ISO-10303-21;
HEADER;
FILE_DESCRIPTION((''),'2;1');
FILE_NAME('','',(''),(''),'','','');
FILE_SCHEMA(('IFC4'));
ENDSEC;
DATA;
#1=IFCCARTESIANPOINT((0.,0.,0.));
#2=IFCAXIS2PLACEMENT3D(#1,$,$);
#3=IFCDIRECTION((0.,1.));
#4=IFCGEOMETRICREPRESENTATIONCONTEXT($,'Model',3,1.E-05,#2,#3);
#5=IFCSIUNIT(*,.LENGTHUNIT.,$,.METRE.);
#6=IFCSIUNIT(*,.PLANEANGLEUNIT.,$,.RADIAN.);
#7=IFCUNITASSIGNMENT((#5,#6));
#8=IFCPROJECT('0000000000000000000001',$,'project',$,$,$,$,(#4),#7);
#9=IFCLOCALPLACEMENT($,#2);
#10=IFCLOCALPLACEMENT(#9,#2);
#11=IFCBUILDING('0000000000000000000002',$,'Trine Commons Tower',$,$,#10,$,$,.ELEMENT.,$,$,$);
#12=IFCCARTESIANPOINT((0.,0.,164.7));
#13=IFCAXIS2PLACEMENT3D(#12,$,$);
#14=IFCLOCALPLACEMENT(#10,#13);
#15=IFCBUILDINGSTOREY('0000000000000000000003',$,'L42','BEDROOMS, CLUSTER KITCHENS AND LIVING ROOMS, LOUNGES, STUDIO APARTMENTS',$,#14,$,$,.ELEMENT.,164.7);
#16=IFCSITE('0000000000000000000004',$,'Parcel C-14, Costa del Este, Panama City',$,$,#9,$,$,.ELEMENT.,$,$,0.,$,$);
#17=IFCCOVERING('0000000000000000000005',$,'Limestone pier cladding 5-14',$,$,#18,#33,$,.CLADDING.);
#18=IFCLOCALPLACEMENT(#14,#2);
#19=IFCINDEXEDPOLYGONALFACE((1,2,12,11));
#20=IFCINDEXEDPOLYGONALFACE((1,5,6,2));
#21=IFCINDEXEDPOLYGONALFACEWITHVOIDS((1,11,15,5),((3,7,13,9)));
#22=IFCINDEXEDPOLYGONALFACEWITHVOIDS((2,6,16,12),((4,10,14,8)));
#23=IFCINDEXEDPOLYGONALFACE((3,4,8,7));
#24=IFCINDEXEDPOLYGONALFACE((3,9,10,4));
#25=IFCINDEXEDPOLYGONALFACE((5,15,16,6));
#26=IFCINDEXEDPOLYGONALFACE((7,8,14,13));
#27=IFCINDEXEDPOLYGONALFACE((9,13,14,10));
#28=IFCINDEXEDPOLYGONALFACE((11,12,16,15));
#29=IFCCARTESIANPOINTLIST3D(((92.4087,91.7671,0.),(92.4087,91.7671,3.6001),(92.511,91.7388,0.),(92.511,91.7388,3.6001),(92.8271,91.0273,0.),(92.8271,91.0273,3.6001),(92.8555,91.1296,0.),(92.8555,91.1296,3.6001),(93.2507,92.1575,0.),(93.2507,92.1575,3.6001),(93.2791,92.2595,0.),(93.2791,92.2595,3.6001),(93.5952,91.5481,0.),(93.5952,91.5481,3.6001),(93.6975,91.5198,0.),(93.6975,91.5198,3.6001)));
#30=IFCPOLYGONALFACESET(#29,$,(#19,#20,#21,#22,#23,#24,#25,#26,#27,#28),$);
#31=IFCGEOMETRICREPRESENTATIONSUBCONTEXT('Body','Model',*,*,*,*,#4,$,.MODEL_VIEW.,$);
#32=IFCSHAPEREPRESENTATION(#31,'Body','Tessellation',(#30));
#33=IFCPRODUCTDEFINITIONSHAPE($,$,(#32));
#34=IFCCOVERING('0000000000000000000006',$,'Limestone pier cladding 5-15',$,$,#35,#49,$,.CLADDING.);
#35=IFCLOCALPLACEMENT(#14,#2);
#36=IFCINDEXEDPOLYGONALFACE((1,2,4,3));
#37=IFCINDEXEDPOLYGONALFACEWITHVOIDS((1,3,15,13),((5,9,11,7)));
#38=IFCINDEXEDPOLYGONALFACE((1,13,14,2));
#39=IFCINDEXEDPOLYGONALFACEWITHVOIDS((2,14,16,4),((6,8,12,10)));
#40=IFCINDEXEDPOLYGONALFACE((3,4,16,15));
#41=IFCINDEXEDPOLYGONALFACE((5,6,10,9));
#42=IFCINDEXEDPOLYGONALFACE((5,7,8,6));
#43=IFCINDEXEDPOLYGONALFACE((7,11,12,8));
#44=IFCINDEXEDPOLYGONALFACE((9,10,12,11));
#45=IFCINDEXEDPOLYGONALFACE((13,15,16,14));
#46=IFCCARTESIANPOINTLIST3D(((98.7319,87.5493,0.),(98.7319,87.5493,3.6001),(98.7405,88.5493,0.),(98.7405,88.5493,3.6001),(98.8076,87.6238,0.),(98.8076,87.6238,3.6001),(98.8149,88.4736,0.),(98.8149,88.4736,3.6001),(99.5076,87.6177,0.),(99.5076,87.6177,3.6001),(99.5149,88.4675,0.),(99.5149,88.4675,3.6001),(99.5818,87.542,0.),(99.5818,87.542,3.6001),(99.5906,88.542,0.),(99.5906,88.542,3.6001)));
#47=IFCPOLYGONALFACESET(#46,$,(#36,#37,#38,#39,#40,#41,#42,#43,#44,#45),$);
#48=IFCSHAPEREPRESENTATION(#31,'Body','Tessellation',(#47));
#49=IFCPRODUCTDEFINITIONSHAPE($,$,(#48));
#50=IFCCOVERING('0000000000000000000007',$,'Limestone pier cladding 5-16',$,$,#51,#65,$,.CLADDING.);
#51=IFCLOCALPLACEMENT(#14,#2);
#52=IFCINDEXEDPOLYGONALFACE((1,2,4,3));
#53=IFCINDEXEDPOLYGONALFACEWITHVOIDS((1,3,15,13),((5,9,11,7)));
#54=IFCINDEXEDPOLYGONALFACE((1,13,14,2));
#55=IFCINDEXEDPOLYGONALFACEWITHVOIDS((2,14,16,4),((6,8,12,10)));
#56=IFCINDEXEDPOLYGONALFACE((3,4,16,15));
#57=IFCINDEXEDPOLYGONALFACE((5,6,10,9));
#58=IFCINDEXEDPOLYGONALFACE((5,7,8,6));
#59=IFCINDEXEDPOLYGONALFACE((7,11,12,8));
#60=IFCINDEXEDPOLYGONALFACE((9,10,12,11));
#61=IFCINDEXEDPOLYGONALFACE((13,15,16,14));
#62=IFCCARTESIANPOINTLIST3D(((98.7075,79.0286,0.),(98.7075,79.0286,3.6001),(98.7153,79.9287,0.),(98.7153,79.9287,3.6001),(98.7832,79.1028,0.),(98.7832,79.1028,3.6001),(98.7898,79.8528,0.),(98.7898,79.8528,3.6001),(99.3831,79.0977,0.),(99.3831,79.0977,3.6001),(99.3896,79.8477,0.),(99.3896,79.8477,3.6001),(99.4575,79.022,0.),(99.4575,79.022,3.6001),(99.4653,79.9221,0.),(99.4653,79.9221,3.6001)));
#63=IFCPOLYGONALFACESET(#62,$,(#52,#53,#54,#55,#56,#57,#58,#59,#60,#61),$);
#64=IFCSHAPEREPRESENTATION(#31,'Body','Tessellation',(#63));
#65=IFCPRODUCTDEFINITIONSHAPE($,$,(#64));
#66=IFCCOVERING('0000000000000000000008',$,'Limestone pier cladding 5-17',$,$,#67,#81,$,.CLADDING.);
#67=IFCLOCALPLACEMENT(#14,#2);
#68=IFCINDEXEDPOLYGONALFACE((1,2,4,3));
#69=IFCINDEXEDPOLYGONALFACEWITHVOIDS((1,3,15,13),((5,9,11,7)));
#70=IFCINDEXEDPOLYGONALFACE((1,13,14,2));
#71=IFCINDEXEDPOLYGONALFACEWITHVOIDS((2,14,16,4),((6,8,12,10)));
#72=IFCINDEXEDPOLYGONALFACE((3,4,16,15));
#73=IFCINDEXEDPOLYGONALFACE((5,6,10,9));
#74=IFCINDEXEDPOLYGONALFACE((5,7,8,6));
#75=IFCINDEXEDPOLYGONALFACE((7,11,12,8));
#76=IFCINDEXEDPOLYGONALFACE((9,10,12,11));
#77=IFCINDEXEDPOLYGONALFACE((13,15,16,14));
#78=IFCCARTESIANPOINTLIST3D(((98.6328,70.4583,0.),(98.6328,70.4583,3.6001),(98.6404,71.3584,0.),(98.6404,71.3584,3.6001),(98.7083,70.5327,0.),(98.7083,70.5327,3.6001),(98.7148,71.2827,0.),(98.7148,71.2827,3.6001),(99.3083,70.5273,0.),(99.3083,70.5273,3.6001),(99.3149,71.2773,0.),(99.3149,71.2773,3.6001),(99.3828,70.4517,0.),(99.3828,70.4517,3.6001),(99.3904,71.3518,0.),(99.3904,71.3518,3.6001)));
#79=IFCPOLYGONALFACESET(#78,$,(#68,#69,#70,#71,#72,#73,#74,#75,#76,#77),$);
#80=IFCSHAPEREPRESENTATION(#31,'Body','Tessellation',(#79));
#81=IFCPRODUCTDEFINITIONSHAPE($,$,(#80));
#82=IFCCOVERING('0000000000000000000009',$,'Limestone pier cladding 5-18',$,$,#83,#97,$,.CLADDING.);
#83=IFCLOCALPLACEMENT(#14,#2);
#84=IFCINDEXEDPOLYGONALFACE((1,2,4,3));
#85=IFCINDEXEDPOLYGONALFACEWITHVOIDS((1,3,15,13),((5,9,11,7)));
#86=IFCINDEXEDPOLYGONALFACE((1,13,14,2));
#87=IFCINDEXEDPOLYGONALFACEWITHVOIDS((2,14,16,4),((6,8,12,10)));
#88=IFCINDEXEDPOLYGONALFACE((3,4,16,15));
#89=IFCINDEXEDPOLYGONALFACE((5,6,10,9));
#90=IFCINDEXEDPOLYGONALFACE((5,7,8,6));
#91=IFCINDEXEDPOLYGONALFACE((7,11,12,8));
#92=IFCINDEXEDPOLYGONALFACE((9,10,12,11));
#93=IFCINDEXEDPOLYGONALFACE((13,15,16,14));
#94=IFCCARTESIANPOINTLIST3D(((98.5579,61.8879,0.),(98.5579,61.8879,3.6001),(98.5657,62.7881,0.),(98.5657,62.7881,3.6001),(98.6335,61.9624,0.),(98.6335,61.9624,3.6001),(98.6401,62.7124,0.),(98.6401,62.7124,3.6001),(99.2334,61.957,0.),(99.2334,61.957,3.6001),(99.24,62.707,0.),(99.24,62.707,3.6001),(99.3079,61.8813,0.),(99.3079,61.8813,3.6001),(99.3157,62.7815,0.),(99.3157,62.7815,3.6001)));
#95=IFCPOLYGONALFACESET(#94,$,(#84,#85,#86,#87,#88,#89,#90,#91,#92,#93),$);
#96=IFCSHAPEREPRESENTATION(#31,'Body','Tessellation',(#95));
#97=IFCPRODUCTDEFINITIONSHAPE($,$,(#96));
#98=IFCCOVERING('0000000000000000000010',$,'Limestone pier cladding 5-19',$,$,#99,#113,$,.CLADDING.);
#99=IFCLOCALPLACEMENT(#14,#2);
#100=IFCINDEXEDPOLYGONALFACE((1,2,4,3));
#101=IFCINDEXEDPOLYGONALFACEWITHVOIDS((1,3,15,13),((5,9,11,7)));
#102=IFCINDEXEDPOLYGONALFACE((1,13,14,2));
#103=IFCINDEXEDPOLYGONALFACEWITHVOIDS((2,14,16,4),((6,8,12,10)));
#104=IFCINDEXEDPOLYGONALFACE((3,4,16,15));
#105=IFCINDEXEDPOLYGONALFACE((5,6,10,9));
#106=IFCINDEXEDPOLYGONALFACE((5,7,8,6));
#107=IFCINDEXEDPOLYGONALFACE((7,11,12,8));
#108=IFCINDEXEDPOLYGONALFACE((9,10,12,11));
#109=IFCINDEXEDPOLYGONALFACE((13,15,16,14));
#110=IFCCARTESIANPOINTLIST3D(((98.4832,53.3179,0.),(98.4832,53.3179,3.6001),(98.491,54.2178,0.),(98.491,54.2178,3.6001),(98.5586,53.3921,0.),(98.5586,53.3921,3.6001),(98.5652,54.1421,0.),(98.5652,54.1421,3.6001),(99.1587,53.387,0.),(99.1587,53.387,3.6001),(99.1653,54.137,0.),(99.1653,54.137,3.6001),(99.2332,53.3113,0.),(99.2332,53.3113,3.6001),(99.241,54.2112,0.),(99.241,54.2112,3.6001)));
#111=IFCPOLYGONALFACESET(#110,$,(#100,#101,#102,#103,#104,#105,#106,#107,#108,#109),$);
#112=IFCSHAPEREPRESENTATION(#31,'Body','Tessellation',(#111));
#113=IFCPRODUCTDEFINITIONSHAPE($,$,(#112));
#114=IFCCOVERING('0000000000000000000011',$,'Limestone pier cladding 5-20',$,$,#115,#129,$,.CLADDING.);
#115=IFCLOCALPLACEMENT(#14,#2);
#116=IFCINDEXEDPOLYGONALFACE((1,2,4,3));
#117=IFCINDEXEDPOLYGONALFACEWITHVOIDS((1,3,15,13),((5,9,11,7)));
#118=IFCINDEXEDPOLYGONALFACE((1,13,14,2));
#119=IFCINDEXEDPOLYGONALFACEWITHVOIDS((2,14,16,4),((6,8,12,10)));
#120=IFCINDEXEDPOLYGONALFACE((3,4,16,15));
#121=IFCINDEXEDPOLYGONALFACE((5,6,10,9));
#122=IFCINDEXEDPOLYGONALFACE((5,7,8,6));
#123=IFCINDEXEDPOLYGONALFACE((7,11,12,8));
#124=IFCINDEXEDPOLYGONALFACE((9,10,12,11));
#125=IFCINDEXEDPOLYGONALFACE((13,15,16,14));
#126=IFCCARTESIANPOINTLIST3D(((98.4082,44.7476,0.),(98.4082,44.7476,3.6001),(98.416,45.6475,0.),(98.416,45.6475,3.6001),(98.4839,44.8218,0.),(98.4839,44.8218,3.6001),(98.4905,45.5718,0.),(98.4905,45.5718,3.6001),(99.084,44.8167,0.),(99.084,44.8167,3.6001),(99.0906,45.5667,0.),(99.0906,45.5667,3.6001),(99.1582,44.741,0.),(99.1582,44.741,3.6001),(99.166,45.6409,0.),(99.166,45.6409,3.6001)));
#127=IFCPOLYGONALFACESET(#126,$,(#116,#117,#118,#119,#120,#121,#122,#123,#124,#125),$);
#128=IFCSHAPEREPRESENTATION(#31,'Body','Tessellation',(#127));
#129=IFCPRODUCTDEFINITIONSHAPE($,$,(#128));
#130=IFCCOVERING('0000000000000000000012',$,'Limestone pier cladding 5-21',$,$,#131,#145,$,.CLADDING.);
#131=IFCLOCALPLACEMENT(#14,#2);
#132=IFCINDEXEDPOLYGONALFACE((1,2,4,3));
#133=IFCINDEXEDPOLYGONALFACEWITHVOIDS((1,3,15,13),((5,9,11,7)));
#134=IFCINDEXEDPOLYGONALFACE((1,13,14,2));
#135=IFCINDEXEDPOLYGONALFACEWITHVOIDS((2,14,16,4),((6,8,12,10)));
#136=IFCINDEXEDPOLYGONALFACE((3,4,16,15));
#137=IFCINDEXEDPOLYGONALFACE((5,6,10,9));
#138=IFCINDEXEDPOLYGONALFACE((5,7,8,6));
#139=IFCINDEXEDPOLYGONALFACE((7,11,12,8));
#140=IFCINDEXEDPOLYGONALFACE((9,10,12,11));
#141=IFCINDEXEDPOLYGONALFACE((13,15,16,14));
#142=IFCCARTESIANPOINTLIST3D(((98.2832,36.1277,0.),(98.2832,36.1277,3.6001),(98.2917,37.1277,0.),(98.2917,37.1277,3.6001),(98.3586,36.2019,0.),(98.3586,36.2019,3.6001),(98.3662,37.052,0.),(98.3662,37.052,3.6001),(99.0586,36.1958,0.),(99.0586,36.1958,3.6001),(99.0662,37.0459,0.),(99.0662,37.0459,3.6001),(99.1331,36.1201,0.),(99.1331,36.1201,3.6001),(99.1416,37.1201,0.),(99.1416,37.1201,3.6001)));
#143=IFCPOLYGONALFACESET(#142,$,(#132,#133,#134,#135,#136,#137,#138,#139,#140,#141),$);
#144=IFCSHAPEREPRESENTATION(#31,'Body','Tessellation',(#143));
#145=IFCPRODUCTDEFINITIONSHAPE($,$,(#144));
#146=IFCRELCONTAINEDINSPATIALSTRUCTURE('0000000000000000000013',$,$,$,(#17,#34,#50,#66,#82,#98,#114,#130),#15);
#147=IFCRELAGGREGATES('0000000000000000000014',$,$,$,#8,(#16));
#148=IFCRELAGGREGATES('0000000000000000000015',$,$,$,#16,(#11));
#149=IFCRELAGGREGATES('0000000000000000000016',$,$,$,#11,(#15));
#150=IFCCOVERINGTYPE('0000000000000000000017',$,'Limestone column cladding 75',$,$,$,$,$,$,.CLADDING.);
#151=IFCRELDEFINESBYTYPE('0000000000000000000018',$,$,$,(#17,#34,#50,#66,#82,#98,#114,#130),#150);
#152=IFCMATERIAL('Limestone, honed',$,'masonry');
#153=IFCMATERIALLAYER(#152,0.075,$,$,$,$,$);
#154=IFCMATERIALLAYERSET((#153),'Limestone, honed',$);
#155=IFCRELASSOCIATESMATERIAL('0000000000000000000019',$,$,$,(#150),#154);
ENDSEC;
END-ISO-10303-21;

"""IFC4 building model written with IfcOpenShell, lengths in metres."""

from ifc_helpers import new_model, si_unit, direction, frame, origin, place, context, subcontext, project, spatial, polyline, outline, extrude, material, layer, layer_set, type_object, element, save


model = new_model("IFC4")

# Units and contexts
model_context = context("Model", 3, precision=1e-05, world=origin(), true_north=direction((0.0, 1.0)))
body_context = subcontext(model_context, "Body", "Model", "MODEL_VIEW")
ifc_project = project(units=[si_unit("LENGTHUNIT", "METRE"), si_unit("PLANEANGLEUNIT", "RADIAN")], contexts=[model_context])

# Site, building, storey
site_placement = place(None, origin())
site = spatial("IfcSite", under=ifc_project, at=site_placement, Name="Parcel C-14, Costa del Este, Panama City", CompositionType="ELEMENT", RefElevation=0.0)
building_placement = place(site_placement, origin())
building = spatial("IfcBuilding", under=site, at=building_placement, Name="Trine Commons Tower", CompositionType="ELEMENT")
storey_placement = place(building_placement, frame((0.0, 0.0, 164.7)))
storey = spatial("IfcBuildingStorey", under=building, at=storey_placement, Name="L42", Description="BEDROOMS, CLUSTER KITCHENS AND LIVING ROOMS, LOUNGES, STUDIO APARTMENTS", CompositionType="ELEMENT", Elevation=164.7)

# Coverings
ifc_material_1 = material(Name="Limestone, honed", Category="masonry")
ifc_layer_1 = layer(ifc_material_1, 0.075)
ifc_layer_set_1 = layer_set([ifc_layer_1], Name="Limestone, honed")
covering_type_1 = type_object("IfcCoveringType", Name="Limestone column cladding 75", PredefinedType="CLADDING", material=ifc_layer_set_1)
covering_1_placement = place(storey_placement, origin())
element("IfcCovering", 1, at=covering_1_placement, inside=storey, type_object=covering_type_1, Name="Limestone pier cladding 5-14", PredefinedType="CLADDING", context=body_context, shape_type="SweptSolid", body=[
    extrude(outline(polyline([(93.6975, 91.5198), (93.2791, 92.2595), (92.4087, 91.7671), (92.8271, 91.0273), (93.6975, 91.5198)]), holes=[polyline([(93.5952, 91.5481), (93.2507, 92.1575), (92.511, 91.7388), (92.8555, 91.1296), (93.5952, 91.5481)])]), origin(), (0.0, 0.0, 1.0), 3.6001),
])
covering_2_placement = place(storey_placement, origin())
element("IfcCovering", 2, at=covering_2_placement, inside=storey, type_object=covering_type_1, Name="Limestone pier cladding 5-15", PredefinedType="CLADDING", context=body_context, shape_type="SweptSolid", body=[
    extrude(outline(polyline([(99.5906, 88.542), (98.7405, 88.5493), (98.7319, 87.5493), (99.5818, 87.542), (99.5906, 88.542)]), holes=[polyline([(99.5149, 88.4675), (98.8149, 88.4736), (98.8076, 87.6238), (99.5076, 87.6177), (99.5149, 88.4675)])]), origin(), (0.0, 0.0, 1.0), 3.6001),
])
covering_3_placement = place(storey_placement, origin())
element("IfcCovering", 3, at=covering_3_placement, inside=storey, type_object=covering_type_1, Name="Limestone pier cladding 5-16", PredefinedType="CLADDING", context=body_context, shape_type="SweptSolid", body=[
    extrude(outline(polyline([(99.4653, 79.9221), (98.7153, 79.9287), (98.7075, 79.0286), (99.4575, 79.022), (99.4653, 79.9221)]), holes=[polyline([(99.3896, 79.8477), (98.7898, 79.8528), (98.7832, 79.1028), (99.3831, 79.0977), (99.3896, 79.8477)])]), origin(), (0.0, 0.0, 1.0), 3.6001),
])
covering_4_placement = place(storey_placement, origin())
element("IfcCovering", 4, at=covering_4_placement, inside=storey, type_object=covering_type_1, Name="Limestone pier cladding 5-17", PredefinedType="CLADDING", context=body_context, shape_type="SweptSolid", body=[
    extrude(outline(polyline([(99.3904, 71.3518), (98.6404, 71.3584), (98.6328, 70.4583), (99.3828, 70.4517), (99.3904, 71.3518)]), holes=[polyline([(99.3149, 71.2773), (98.7148, 71.2827), (98.7083, 70.5327), (99.3083, 70.5273), (99.3149, 71.2773)])]), origin(), (0.0, 0.0, 1.0), 3.6001),
])
covering_5_placement = place(storey_placement, origin())
element("IfcCovering", 5, at=covering_5_placement, inside=storey, type_object=covering_type_1, Name="Limestone pier cladding 5-18", PredefinedType="CLADDING", context=body_context, shape_type="SweptSolid", body=[
    extrude(outline(polyline([(99.3157, 62.7815), (98.5657, 62.7881), (98.5579, 61.8879), (99.3079, 61.8813), (99.3157, 62.7815)]), holes=[polyline([(99.24, 62.707), (98.6401, 62.7124), (98.6335, 61.9624), (99.2334, 61.957), (99.24, 62.707)])]), origin(), (0.0, 0.0, 1.0), 3.6001),
])
covering_6_placement = place(storey_placement, origin())
element("IfcCovering", 6, at=covering_6_placement, inside=storey, type_object=covering_type_1, Name="Limestone pier cladding 5-19", PredefinedType="CLADDING", context=body_context, shape_type="SweptSolid", body=[
    extrude(outline(polyline([(99.241, 54.2112), (98.491, 54.2178), (98.4832, 53.3179), (99.2332, 53.3113), (99.241, 54.2112)]), holes=[polyline([(99.1653, 54.137), (98.5652, 54.1421), (98.5586, 53.3921), (99.1587, 53.387), (99.1653, 54.137)])]), origin(), (0.0, 0.0, 1.0), 3.6001),
])
covering_7_placement = place(storey_placement, origin())
element("IfcCovering", 7, at=covering_7_placement, inside=storey, type_object=covering_type_1, Name="Limestone pier cladding 5-20", PredefinedType="CLADDING", context=body_context, shape_type="SweptSolid", body=[
    extrude(outline(polyline([(99.166, 45.6409), (98.416, 45.6475), (98.4082, 44.7476), (99.1582, 44.741), (99.166, 45.6409)]), holes=[polyline([(99.0906, 45.5667), (98.4905, 45.5718), (98.4839, 44.8218), (99.084, 44.8167), (99.0906, 45.5667)])]), origin(), (0.0, 0.0, 1.0), 3.6001),
])
covering_8_placement = place(storey_placement, origin())
element("IfcCovering", 8, at=covering_8_placement, inside=storey, type_object=covering_type_1, Name="Limestone pier cladding 5-21", PredefinedType="CLADDING", context=body_context, shape_type="SweptSolid", body=[
    extrude(outline(polyline([(99.1416, 37.1201), (98.2917, 37.1277), (98.2832, 36.1277), (99.1331, 36.1201), (99.1416, 37.1201)]), holes=[polyline([(99.0662, 37.0459), (98.3662, 37.052), (98.3586, 36.2019), (99.0586, 36.1958), (99.0662, 37.0459)])]), origin(), (0.0, 0.0, 1.0), 3.6001),
])

save(model, "model.ifc")
